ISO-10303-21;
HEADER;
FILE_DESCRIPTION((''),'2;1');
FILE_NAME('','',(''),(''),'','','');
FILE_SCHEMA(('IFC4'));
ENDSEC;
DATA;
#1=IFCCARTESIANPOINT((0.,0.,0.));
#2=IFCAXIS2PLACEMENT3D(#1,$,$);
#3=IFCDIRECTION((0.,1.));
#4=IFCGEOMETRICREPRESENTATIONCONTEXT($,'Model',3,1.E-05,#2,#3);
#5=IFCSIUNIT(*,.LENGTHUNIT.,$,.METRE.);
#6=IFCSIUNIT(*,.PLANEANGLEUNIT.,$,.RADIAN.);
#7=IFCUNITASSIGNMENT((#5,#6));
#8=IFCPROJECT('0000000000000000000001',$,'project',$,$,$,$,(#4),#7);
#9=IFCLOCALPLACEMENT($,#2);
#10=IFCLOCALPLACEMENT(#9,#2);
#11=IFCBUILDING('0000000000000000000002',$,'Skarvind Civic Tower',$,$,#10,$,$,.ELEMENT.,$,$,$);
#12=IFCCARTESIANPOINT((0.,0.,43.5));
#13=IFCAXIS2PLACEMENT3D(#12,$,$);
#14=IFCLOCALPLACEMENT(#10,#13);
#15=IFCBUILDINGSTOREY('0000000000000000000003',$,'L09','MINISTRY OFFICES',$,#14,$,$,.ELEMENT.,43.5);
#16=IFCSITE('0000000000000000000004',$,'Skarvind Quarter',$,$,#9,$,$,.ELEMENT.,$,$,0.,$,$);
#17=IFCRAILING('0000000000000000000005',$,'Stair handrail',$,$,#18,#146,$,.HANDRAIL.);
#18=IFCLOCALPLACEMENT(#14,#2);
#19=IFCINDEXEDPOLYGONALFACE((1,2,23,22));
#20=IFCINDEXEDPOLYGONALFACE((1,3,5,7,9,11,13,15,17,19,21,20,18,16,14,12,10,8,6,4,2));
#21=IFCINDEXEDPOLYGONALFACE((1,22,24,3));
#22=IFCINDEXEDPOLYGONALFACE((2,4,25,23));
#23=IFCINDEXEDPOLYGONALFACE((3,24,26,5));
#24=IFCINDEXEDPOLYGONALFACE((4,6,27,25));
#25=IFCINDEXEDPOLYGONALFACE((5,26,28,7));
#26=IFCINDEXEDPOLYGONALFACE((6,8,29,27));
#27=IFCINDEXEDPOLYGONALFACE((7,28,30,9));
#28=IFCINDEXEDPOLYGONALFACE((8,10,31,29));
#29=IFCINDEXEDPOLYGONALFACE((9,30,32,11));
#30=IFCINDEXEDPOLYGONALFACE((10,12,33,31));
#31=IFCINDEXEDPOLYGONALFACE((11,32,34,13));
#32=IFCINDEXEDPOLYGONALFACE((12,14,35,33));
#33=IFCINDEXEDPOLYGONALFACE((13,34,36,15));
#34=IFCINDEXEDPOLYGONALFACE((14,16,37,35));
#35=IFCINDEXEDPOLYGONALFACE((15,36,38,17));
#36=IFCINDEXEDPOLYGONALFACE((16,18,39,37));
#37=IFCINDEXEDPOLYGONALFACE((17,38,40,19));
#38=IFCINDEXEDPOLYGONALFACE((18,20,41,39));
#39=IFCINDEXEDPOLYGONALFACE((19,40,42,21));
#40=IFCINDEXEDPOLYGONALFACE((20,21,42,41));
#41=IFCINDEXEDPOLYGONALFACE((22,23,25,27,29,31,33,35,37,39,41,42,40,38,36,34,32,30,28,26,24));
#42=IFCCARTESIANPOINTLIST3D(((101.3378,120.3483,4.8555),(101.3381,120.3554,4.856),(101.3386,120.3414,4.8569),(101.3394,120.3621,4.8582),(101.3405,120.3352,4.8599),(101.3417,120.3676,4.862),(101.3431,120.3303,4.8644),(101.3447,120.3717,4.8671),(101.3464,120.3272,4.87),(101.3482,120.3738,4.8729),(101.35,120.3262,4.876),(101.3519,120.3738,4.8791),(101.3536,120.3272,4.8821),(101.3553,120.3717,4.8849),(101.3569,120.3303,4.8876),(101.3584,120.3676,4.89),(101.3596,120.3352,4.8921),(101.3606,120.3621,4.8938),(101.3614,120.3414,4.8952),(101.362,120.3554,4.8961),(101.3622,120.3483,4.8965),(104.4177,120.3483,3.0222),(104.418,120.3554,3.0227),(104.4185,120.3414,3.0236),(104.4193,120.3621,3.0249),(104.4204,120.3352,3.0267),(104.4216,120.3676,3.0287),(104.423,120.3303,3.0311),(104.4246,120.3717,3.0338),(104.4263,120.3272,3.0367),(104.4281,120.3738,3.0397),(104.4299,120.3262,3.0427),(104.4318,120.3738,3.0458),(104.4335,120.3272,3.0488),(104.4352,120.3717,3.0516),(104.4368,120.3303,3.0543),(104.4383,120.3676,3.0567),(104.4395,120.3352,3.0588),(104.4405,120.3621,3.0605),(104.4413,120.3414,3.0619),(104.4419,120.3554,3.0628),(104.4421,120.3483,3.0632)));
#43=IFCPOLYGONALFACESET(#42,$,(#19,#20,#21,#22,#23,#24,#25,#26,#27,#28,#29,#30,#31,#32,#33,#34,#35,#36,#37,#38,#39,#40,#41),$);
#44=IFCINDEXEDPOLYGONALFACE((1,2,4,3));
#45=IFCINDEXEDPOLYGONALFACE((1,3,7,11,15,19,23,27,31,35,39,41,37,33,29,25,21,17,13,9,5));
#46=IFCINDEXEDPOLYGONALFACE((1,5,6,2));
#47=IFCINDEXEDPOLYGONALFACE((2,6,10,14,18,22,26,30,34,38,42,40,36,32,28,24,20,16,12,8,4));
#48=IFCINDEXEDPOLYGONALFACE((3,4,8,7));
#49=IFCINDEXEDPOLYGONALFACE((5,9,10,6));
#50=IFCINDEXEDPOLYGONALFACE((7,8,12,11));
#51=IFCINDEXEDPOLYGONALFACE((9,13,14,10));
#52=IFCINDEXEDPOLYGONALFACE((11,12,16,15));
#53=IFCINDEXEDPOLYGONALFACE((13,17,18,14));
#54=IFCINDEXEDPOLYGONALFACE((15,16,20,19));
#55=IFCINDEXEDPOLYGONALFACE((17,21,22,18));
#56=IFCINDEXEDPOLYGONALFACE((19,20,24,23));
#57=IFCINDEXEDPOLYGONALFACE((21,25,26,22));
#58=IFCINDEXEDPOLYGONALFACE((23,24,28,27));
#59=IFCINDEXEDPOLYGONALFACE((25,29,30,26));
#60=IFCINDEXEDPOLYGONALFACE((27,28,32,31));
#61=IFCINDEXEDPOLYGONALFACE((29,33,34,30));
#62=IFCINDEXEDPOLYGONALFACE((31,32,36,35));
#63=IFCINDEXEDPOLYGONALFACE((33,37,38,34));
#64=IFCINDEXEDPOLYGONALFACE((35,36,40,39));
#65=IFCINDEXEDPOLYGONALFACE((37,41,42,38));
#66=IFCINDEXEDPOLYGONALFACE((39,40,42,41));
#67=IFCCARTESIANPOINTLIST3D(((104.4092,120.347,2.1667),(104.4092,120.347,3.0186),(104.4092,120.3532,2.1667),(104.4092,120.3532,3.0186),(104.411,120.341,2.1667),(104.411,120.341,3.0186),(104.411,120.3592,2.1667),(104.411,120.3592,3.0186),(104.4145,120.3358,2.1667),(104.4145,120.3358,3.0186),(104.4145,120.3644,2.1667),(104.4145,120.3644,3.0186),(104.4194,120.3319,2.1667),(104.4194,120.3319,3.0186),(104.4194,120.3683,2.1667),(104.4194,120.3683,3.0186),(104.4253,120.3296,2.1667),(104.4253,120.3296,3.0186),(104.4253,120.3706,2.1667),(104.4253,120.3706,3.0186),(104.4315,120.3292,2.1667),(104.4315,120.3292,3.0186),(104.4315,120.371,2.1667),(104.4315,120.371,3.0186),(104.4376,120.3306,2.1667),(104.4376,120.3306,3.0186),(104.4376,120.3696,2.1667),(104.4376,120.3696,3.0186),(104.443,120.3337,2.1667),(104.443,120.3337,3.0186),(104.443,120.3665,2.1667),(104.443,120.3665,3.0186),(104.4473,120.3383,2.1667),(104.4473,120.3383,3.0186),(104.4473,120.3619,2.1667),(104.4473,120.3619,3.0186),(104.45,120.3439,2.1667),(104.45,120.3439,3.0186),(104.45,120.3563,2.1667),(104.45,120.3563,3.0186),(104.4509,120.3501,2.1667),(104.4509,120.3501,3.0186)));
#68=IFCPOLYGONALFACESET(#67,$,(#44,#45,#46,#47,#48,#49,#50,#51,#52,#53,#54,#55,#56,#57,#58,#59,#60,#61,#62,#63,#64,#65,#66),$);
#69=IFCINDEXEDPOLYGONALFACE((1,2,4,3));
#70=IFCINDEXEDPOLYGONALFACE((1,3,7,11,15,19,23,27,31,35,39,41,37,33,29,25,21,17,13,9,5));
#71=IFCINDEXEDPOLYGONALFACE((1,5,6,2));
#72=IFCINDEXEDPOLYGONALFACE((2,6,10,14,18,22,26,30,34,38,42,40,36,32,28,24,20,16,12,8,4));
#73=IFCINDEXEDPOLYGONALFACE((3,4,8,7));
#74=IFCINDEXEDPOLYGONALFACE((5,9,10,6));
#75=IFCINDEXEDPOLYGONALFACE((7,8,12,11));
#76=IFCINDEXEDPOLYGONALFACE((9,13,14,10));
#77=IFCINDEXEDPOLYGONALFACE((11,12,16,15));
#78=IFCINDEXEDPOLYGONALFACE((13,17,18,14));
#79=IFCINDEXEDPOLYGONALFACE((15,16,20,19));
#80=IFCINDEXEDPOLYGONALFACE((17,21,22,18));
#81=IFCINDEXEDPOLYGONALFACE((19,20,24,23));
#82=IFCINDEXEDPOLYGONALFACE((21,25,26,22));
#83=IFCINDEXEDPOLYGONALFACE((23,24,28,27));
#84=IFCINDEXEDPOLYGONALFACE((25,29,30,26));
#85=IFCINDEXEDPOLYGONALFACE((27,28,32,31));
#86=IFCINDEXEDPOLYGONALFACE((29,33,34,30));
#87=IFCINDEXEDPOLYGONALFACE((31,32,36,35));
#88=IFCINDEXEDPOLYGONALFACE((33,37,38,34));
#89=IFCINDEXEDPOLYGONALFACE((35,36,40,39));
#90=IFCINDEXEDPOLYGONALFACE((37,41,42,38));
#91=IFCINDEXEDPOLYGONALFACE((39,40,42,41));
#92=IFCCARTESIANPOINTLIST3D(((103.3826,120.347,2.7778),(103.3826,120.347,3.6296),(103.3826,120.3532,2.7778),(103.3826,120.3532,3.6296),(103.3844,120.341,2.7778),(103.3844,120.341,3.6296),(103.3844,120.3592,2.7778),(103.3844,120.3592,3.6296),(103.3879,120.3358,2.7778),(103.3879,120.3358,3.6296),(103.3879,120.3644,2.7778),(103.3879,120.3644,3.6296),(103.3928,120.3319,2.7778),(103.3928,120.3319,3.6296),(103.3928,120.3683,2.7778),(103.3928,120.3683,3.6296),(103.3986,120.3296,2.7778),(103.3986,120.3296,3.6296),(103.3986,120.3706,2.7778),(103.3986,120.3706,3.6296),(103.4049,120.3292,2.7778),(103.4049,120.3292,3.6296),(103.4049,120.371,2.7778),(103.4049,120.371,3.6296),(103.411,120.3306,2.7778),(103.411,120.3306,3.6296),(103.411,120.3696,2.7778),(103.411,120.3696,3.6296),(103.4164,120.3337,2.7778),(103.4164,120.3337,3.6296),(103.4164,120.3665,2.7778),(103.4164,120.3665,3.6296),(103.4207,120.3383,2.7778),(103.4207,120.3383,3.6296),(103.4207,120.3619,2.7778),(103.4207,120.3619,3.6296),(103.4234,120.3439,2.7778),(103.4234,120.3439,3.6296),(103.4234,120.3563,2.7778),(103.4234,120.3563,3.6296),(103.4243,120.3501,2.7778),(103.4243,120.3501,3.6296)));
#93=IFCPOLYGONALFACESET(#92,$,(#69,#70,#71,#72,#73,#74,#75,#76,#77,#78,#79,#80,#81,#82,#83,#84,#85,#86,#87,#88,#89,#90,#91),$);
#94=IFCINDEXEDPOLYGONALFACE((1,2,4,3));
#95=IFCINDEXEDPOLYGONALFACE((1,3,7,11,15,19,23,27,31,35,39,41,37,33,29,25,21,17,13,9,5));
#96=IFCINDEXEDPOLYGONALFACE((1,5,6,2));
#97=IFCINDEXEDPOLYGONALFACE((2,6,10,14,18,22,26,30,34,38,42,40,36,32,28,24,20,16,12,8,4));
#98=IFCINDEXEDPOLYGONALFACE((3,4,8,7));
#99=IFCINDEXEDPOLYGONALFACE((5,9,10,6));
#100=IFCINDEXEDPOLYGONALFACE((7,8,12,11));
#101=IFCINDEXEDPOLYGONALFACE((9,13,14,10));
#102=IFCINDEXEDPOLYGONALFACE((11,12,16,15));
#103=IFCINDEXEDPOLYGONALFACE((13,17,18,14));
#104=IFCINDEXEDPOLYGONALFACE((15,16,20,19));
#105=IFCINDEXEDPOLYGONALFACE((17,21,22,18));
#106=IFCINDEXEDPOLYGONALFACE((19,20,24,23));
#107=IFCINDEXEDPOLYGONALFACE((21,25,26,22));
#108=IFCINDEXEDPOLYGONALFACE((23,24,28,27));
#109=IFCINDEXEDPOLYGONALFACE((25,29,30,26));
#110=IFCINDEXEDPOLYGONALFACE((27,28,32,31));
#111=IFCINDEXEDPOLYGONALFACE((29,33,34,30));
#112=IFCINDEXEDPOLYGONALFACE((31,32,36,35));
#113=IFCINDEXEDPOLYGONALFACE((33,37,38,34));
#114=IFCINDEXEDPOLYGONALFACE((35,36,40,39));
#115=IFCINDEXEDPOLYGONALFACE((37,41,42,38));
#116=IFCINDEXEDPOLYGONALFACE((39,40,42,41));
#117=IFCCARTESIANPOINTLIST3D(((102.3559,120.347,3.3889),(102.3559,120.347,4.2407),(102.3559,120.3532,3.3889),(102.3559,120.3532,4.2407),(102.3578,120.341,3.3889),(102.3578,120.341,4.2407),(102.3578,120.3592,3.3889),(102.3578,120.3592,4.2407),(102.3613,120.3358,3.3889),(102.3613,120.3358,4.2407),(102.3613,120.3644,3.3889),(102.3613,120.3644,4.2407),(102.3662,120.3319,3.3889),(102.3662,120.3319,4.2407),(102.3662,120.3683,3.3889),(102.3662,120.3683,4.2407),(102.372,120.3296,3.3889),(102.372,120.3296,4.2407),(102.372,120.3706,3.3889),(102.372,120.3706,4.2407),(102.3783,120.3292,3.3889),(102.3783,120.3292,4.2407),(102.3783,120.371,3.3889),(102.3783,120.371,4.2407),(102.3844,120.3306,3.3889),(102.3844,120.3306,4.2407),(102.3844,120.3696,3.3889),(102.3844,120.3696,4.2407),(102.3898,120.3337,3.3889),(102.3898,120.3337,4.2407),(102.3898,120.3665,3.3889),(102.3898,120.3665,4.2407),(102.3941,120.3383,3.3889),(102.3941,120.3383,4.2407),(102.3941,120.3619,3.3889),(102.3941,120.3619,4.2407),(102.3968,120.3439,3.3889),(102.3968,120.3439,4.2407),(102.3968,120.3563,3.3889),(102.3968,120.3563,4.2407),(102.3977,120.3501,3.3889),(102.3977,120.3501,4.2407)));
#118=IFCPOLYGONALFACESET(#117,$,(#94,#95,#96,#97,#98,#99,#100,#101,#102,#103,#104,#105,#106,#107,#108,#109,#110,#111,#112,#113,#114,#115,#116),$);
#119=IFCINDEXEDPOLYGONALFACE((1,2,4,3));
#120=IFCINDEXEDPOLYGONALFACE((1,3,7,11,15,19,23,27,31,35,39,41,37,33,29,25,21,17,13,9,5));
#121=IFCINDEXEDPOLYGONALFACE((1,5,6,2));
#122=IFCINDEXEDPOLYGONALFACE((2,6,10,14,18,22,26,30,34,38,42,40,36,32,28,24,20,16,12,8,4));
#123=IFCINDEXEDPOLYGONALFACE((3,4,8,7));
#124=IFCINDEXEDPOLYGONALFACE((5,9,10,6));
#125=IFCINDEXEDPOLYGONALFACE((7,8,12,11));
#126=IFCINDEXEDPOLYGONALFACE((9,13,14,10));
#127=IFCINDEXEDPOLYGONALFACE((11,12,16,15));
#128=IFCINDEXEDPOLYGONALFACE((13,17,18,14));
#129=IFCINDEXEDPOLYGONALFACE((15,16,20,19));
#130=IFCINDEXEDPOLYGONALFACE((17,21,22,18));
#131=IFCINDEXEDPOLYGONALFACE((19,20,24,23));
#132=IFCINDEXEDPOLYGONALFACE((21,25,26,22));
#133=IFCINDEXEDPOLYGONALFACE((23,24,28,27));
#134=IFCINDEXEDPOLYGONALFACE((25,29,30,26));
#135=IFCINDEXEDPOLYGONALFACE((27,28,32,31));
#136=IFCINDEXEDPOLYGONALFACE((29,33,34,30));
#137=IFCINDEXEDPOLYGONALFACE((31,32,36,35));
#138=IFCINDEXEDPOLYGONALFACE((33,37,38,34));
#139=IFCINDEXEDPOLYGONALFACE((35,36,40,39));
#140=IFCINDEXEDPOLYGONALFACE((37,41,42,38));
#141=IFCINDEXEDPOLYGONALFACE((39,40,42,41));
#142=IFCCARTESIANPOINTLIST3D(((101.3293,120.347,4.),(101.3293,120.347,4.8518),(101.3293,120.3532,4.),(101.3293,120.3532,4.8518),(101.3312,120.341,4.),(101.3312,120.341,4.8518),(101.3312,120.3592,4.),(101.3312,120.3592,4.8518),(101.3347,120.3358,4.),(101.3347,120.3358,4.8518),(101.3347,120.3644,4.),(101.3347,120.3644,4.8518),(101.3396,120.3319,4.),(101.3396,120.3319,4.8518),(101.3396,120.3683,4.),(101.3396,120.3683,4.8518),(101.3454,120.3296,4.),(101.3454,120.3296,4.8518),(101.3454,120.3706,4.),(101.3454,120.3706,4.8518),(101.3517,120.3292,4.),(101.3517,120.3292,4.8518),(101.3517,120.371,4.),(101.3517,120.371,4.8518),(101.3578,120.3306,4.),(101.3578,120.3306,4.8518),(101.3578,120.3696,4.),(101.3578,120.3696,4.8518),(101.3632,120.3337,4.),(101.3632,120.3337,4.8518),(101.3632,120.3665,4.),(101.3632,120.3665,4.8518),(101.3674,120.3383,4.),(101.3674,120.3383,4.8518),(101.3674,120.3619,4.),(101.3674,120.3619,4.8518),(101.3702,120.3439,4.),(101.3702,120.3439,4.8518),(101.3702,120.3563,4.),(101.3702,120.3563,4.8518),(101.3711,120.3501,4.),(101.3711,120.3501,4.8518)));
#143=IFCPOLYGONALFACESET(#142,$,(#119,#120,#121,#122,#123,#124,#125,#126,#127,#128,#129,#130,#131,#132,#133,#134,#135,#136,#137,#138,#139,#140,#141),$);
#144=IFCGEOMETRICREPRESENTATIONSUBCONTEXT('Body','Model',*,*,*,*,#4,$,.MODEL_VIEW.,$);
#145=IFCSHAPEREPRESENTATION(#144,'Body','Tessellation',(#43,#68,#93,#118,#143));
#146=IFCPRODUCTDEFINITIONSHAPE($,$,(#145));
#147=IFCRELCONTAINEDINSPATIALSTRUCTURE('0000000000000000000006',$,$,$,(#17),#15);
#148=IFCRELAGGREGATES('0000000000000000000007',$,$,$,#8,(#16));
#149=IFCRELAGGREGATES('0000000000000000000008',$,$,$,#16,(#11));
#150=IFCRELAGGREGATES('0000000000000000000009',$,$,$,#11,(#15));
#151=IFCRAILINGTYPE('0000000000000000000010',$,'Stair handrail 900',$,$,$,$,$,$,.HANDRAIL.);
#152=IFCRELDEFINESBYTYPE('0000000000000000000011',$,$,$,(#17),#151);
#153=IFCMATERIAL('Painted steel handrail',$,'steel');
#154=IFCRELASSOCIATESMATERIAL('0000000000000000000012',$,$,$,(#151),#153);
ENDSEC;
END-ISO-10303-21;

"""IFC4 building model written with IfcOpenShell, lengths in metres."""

from ifc_helpers import new_model, si_unit, direction, frame, origin, origin_2d, place, context, subcontext, project, spatial, circle, extrude, material, type_object, element, save


model = new_model("IFC4")

# Units and contexts
model_context = context("Model", 3, precision=1e-05, world=origin(), true_north=direction((0.0, 1.0)))
body_context = subcontext(model_context, "Body", "Model", "MODEL_VIEW")
ifc_project = project(units=[si_unit("LENGTHUNIT", "METRE"), si_unit("PLANEANGLEUNIT", "RADIAN")], contexts=[model_context])

# Site, building, storey
site_placement = place(None, origin())
site = spatial("IfcSite", under=ifc_project, at=site_placement, Name="Skarvind Quarter", CompositionType="ELEMENT", RefElevation=0.0)
building_placement = place(site_placement, origin())
building = spatial("IfcBuilding", under=site, at=building_placement, Name="Skarvind Civic Tower", CompositionType="ELEMENT")
storey_placement = place(building_placement, frame((0.0, 0.0, 43.5)))
storey = spatial("IfcBuildingStorey", under=building, at=storey_placement, Name="L09", Description="MINISTRY OFFICES", CompositionType="ELEMENT", Elevation=43.5)

# Railing
ifc_material_1 = material(Name="Painted steel handrail", Category="steel")
railing_type = type_object("IfcRailingType", Name="Stair handrail 900", PredefinedType="HANDRAIL", material=ifc_material_1)
railing_1_placement = place(storey_placement, frame((104.4299, 120.3501, 2.1667)))
element("IfcRailing", 1, at=railing_1_placement, inside=storey, type_object=railing_type, Name="Stair handrail", PredefinedType="HANDRAIL", context=body_context, shape_type="SweptSolid", body=[
    extrude(circle(Radius=0.0239, at=origin_2d()), frame((0.0, 0.0, 0.876), z_axis=(-0.859291, 0.0, 0.511487), x_axis=(0.0, -1.0, 0.0)), (0.0, 0.0, 1.0), 3.5842),
    extrude(circle(Radius=0.021, at=origin_2d()), origin(), (0.0, 0.0, 1.0), 0.8518),
    extrude(circle(Radius=0.021, at=origin_2d()), frame((-1.0266, 0.0, 0.6111)), (0.0, 0.0, 1.0), 0.8518),
    extrude(circle(Radius=0.021, at=origin_2d()), frame((-2.0532, 0.0, 1.2222)), (0.0, 0.0, 1.0), 0.8518),
    extrude(circle(Radius=0.021, at=origin_2d()), frame((-3.0798, 0.0, 1.8333)), (0.0, 0.0, 1.0), 0.8518),
])

save(model, "model.ifc")
